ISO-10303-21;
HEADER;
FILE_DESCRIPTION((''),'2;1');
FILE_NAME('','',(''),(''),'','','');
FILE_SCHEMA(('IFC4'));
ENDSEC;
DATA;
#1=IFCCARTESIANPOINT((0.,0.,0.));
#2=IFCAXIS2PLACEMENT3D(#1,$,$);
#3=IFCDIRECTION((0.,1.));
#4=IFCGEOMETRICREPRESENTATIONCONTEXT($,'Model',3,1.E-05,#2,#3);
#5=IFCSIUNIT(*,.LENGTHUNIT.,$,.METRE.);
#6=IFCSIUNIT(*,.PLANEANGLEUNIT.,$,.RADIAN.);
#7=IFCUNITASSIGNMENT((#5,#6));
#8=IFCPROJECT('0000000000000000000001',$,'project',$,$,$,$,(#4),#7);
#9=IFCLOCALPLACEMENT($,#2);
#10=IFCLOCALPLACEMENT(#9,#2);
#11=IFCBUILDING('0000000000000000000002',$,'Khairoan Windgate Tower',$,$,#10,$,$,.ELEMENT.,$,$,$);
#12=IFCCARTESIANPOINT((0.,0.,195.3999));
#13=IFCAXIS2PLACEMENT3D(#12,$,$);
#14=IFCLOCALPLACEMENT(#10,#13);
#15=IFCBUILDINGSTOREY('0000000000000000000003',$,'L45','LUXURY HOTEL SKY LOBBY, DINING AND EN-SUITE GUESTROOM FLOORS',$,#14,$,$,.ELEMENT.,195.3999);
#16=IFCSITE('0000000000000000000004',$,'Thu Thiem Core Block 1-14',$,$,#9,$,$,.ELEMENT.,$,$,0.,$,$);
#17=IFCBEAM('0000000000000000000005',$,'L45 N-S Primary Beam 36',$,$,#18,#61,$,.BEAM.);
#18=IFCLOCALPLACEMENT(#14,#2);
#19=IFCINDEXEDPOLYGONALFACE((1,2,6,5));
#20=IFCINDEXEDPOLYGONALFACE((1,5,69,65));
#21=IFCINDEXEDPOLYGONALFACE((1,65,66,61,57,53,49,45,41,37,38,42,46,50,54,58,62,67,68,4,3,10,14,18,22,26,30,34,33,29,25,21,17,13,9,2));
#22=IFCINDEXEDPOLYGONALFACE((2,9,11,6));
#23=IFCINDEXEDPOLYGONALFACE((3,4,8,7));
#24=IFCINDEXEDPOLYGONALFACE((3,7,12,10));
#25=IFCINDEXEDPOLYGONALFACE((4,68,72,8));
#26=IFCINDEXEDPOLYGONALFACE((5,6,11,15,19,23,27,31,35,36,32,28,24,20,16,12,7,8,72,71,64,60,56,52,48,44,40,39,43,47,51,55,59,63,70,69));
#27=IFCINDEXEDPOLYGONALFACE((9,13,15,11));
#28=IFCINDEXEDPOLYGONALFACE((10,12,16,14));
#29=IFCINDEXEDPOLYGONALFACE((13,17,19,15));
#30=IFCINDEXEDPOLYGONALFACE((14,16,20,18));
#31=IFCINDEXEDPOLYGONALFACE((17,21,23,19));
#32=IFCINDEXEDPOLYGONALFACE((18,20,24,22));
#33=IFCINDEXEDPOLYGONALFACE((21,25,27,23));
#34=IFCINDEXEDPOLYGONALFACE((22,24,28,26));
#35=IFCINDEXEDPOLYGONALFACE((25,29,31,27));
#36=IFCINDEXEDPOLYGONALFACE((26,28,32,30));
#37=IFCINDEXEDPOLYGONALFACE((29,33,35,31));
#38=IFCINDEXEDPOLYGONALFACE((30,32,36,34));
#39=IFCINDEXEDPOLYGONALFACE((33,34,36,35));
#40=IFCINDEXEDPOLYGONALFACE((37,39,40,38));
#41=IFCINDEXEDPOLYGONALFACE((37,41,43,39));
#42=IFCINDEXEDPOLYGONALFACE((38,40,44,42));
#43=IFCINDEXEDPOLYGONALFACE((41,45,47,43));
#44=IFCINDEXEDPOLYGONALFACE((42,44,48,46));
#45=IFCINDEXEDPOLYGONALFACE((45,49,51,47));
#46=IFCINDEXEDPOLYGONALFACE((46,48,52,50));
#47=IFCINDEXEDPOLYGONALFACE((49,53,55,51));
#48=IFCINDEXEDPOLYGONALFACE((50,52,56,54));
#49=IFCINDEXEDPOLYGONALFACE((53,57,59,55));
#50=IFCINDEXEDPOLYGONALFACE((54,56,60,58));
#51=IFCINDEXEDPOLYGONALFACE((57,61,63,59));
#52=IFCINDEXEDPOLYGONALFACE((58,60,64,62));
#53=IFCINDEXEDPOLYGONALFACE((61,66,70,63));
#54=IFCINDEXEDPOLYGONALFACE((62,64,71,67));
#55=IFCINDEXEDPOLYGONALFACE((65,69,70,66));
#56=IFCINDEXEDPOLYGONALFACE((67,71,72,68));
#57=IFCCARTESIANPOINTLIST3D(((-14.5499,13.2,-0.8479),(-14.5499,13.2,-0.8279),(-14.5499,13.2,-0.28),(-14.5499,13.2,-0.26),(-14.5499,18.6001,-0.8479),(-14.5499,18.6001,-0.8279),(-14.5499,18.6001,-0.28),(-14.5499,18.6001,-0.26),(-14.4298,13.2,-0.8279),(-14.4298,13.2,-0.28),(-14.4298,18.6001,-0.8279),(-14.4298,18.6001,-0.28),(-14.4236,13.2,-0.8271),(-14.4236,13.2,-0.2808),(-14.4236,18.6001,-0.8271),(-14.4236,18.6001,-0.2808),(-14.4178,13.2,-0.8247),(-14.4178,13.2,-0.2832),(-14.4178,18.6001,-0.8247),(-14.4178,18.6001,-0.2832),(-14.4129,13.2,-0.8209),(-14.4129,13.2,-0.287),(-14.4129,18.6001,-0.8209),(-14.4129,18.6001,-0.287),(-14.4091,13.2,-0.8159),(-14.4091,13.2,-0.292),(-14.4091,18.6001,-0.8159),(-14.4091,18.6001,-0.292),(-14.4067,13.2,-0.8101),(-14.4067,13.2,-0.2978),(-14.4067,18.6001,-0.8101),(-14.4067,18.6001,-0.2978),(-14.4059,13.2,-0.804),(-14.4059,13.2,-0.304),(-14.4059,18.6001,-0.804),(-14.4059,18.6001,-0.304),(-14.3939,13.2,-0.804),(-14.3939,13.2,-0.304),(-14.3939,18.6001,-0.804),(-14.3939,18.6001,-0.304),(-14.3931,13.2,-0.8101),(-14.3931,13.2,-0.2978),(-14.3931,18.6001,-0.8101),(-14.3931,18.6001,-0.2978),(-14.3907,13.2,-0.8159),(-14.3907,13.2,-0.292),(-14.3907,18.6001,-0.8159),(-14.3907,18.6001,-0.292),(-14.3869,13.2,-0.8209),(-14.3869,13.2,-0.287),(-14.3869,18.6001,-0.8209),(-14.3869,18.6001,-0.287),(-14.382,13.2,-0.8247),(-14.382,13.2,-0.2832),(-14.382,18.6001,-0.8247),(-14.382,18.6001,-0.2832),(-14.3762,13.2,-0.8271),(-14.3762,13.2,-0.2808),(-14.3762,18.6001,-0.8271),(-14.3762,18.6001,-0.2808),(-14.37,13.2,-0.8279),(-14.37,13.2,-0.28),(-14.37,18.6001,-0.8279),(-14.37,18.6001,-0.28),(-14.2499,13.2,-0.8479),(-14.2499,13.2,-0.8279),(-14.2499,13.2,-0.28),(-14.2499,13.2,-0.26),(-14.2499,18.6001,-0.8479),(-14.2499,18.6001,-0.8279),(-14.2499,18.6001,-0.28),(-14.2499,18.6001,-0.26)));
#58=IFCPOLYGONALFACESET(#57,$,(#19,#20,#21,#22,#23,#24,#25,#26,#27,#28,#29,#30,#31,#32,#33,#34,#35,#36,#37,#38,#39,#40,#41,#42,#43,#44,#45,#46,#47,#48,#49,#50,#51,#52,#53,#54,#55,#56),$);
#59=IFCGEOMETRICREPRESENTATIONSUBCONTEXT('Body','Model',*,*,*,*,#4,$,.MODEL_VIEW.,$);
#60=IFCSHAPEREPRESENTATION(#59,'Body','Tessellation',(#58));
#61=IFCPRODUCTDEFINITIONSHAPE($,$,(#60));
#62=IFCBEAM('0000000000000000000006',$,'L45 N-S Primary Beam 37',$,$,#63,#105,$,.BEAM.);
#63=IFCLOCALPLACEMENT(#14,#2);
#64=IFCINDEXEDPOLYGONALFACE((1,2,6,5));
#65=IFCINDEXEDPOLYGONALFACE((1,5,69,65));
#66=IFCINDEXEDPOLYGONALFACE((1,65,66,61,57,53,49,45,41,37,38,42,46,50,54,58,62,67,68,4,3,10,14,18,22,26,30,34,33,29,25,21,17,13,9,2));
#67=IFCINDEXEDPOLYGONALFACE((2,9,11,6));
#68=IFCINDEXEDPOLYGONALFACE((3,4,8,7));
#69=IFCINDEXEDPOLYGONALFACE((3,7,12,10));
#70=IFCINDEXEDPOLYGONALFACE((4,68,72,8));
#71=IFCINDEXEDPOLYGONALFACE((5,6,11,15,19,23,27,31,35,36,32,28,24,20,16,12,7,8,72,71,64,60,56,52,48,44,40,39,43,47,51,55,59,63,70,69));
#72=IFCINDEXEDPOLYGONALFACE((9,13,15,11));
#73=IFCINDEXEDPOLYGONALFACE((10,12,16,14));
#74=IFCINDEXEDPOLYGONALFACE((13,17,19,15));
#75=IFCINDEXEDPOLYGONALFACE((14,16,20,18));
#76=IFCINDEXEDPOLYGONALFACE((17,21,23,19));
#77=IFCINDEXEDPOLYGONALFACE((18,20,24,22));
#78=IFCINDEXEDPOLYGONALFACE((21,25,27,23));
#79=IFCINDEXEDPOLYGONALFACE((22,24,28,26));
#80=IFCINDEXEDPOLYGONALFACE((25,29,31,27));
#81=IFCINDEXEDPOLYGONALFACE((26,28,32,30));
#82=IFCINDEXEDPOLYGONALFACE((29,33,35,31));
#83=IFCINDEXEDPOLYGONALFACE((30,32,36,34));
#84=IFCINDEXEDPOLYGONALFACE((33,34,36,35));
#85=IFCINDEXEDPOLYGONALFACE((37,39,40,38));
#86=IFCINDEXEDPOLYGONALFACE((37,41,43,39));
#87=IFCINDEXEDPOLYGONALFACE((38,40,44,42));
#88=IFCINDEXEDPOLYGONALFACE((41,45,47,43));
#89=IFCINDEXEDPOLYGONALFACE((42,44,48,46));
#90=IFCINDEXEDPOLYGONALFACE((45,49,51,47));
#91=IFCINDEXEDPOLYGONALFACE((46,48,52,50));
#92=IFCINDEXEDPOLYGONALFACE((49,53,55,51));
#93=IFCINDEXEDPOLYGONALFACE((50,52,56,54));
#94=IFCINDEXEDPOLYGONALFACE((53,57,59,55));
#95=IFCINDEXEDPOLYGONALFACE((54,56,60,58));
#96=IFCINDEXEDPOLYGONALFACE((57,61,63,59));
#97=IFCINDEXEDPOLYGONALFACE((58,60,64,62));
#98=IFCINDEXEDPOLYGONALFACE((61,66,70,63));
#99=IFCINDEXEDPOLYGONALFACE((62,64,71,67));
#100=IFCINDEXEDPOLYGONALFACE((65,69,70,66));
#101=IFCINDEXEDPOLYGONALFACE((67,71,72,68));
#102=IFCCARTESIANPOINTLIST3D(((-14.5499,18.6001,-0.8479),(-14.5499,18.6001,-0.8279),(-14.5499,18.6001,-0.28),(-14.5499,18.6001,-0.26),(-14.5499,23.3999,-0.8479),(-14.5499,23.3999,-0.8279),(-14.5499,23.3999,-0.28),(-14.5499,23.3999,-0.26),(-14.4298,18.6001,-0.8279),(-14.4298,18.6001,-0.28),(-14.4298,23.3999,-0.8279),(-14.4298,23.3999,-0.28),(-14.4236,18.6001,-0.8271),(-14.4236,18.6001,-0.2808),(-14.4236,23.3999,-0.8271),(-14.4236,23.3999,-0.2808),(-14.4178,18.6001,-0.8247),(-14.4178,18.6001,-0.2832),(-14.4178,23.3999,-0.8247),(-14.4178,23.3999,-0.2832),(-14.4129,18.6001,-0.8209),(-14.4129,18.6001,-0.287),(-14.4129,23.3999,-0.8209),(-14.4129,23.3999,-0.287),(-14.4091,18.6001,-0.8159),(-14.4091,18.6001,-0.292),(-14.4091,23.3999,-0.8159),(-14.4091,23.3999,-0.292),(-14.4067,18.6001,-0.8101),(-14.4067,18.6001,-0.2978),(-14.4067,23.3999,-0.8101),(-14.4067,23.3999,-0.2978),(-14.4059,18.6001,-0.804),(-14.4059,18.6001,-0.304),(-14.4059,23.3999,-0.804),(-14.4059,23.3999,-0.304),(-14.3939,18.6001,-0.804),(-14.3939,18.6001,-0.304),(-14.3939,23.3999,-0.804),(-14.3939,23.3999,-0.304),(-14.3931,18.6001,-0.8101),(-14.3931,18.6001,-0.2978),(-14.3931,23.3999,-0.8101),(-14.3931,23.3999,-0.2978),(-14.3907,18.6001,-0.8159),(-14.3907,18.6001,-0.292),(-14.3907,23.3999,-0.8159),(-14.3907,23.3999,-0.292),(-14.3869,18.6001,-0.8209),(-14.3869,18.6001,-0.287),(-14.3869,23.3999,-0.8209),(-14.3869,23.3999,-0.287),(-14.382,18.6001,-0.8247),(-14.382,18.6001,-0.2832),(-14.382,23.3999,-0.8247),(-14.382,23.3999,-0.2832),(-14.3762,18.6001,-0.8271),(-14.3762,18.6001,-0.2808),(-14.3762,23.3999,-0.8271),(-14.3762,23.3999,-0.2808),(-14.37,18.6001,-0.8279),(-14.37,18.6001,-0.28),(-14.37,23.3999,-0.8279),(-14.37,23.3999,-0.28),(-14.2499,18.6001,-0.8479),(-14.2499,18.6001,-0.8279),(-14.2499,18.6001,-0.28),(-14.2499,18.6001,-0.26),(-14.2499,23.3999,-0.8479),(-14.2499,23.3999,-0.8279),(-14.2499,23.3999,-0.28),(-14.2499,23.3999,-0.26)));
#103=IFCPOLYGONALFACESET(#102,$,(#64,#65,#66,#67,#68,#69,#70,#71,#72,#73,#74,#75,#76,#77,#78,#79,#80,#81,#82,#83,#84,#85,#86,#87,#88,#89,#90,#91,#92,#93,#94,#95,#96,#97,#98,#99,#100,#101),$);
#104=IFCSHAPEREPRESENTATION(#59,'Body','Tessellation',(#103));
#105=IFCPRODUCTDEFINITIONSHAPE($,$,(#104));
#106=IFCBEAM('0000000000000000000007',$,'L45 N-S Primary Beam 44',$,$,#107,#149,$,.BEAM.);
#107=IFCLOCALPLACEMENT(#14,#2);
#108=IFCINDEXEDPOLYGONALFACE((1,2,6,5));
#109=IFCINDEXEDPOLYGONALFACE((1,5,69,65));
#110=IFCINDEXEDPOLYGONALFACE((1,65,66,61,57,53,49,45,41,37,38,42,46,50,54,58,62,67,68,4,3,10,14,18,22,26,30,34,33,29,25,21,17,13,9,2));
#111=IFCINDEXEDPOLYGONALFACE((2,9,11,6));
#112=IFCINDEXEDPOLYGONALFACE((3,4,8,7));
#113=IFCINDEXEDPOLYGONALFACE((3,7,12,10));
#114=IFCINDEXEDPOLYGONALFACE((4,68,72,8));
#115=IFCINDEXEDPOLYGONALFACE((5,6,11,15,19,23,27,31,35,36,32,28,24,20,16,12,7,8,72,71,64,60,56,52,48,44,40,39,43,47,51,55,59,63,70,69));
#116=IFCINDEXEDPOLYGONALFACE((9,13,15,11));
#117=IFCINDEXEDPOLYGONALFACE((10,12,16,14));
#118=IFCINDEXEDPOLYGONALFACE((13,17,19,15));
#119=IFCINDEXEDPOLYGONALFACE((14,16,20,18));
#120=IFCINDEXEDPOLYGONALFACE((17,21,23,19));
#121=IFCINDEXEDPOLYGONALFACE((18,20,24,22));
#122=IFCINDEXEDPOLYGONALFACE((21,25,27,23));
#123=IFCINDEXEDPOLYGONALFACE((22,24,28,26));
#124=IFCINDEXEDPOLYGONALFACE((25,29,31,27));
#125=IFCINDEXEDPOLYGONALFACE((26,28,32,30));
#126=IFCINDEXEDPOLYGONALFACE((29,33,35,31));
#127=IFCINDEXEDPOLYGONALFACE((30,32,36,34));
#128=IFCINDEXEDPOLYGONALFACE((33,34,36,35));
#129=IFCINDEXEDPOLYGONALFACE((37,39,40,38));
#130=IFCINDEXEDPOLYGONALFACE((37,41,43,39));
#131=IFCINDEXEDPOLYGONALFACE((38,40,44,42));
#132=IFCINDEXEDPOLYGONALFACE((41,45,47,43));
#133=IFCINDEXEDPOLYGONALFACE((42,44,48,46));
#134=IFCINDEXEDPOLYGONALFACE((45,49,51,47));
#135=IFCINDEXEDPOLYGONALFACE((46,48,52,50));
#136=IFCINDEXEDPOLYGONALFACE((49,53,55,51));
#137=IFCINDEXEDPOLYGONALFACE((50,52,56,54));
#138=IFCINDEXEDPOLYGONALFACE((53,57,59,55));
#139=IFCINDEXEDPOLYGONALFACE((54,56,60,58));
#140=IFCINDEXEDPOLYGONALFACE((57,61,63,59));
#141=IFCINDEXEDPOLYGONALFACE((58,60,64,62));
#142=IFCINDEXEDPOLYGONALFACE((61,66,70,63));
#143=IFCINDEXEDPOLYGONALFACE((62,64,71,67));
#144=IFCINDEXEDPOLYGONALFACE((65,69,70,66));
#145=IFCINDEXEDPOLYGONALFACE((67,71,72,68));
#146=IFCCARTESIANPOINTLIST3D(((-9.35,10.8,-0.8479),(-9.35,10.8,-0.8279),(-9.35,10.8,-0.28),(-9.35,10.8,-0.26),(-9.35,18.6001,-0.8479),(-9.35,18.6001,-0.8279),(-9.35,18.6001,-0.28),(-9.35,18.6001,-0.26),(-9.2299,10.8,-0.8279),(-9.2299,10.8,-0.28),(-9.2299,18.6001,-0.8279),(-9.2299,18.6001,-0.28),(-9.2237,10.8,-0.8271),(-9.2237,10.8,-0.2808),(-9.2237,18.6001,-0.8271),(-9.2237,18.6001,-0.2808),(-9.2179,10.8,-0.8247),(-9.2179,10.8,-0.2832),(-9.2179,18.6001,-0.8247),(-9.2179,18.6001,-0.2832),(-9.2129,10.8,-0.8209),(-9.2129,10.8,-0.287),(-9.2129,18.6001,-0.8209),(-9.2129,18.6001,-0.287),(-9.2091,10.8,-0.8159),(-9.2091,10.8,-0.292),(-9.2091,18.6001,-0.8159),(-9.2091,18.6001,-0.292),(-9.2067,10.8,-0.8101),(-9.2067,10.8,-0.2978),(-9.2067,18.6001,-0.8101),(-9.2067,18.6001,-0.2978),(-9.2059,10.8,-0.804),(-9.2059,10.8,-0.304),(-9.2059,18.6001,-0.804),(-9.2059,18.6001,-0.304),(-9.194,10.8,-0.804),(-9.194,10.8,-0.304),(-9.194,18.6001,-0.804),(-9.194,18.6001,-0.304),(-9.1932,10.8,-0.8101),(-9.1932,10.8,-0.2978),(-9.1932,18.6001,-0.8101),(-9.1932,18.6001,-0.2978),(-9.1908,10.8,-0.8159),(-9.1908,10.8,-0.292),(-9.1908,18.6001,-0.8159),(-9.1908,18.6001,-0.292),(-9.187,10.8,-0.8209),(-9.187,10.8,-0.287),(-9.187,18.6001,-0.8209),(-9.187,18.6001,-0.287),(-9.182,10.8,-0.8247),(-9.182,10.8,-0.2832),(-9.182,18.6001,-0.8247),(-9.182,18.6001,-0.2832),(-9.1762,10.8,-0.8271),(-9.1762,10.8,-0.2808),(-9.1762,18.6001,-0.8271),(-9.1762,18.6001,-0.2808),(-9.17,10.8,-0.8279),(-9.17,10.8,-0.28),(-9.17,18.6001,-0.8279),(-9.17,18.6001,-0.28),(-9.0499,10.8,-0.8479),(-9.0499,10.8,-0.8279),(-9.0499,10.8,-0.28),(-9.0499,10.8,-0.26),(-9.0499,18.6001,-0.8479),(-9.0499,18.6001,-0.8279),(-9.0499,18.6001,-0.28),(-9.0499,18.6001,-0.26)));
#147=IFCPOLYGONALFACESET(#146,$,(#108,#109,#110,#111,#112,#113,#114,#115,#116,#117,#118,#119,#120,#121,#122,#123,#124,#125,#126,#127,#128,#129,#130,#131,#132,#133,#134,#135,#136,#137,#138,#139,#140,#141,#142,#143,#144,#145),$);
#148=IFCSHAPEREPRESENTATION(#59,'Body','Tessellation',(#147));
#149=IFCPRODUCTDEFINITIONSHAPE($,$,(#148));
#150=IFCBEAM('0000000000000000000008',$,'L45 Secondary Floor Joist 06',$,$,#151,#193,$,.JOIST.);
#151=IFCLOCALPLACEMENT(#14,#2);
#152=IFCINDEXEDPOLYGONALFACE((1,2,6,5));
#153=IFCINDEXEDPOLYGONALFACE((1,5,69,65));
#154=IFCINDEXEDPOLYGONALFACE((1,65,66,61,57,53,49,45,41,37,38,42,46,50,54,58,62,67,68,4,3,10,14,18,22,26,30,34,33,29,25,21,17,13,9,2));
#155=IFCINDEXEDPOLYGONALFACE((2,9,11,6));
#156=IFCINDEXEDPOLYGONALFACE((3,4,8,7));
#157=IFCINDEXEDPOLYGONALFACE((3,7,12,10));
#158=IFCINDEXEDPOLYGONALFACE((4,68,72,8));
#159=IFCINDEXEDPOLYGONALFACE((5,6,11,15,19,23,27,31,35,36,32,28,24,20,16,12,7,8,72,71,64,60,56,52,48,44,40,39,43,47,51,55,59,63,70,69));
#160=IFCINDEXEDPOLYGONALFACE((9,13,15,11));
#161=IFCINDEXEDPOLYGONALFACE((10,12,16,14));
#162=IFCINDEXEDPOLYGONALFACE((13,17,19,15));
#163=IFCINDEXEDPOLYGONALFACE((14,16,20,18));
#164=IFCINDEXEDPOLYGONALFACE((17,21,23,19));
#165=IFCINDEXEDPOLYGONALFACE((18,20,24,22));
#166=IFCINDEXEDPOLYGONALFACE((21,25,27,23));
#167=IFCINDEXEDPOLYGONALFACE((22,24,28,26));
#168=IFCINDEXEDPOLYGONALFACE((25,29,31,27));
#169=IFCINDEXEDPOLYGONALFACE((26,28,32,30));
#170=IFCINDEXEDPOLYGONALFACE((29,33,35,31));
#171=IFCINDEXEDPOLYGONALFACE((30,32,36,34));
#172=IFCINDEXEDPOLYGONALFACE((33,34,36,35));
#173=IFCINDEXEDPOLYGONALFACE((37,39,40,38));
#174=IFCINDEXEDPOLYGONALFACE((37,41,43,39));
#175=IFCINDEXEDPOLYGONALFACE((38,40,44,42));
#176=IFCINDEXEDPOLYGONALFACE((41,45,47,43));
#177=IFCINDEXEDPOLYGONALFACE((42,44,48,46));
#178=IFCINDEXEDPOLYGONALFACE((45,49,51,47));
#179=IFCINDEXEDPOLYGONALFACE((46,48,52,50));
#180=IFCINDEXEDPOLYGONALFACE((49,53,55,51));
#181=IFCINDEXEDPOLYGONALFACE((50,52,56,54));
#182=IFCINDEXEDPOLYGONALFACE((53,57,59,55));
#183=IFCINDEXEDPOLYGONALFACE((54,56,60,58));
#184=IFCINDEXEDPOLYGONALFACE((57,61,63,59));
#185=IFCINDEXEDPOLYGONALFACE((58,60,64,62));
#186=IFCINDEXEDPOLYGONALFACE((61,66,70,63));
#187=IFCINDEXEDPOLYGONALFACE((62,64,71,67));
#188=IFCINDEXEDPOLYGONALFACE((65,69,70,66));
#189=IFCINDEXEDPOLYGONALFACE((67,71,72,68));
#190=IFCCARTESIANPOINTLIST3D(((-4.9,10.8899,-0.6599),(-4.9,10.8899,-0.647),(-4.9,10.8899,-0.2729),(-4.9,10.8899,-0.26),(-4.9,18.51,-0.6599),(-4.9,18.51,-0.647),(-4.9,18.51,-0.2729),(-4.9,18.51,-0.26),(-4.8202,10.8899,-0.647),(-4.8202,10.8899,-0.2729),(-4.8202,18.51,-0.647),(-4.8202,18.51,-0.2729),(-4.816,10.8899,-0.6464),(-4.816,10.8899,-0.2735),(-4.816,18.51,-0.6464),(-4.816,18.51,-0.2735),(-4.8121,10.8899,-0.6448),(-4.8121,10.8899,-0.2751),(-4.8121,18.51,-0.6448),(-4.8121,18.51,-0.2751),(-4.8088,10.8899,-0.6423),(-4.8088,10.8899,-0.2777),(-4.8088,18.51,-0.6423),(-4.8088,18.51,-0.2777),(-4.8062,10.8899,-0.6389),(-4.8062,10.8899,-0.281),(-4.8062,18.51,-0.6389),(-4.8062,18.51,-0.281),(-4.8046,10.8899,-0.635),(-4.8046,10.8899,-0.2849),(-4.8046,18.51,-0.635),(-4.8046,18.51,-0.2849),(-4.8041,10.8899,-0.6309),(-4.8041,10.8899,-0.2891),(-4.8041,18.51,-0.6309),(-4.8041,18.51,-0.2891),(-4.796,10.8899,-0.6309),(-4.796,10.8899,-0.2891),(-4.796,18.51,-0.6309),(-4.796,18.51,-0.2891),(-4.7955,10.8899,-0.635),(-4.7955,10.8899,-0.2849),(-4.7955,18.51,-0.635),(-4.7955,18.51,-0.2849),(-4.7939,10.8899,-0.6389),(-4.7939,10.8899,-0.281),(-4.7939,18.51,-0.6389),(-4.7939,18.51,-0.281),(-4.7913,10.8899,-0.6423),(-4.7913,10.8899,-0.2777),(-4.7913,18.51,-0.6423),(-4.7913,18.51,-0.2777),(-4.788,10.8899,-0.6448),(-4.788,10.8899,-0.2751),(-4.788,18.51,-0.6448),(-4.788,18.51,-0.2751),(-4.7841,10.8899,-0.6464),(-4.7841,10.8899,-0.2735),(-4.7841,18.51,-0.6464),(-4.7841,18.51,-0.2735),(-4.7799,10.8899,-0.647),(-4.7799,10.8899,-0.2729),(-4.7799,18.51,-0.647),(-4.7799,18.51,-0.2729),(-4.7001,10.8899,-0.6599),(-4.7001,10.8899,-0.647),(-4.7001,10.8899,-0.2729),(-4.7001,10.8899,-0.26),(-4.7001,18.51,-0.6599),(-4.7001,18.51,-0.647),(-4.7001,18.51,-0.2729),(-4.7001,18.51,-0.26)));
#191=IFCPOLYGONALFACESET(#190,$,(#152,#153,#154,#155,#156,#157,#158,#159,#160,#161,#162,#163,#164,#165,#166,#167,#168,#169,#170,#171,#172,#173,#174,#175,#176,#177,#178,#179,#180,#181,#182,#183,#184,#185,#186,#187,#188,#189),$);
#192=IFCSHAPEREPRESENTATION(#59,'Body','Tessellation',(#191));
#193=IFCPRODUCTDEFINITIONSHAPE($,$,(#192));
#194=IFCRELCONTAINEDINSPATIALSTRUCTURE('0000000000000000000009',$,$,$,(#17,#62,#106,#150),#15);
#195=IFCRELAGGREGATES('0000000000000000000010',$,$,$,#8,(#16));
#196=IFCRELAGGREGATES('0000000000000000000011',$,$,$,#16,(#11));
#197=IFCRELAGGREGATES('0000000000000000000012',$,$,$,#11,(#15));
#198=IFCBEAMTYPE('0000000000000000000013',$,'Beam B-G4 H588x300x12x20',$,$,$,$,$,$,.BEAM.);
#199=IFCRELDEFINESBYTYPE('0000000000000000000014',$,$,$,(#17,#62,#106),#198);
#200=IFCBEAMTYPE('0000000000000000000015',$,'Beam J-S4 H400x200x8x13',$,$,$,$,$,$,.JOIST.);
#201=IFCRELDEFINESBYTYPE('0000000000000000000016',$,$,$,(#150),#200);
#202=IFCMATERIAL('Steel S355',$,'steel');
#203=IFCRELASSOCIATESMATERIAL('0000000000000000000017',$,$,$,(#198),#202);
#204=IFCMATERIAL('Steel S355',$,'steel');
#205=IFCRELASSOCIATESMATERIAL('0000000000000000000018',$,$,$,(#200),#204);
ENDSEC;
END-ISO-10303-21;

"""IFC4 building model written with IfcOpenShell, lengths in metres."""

from ifc_helpers import new_model, si_unit, direction, frame, origin, origin_2d, place, context, subcontext, project, spatial, i_section, extrude, material, material_profile, profile_set, type_object, element, save


model = new_model("IFC4")

# Units and contexts
model_context = context("Model", 3, precision=1e-05, world=origin(), true_north=direction((0.0, 1.0)))
body_context = subcontext(model_context, "Body", "Model", "MODEL_VIEW")
ifc_project = project(units=[si_unit("LENGTHUNIT", "METRE"), si_unit("PLANEANGLEUNIT", "RADIAN")], contexts=[model_context])

# Site, building, storey
site_placement = place(None, origin())
site = spatial("IfcSite", under=ifc_project, at=site_placement, Name="Thu Thiem Core Block 1-14", CompositionType="ELEMENT", RefElevation=0.0)
building_placement = place(site_placement, origin())
building = spatial("IfcBuilding", under=site, at=building_placement, Name="Khairoan Windgate Tower", CompositionType="ELEMENT")
storey_placement = place(building_placement, frame((0.0, 0.0, 195.3999)))
storey = spatial("IfcBuildingStorey", under=building, at=storey_placement, Name="L45", Description="LUXURY HOTEL SKY LOBBY, DINING AND EN-SUITE GUESTROOM FLOORS", CompositionType="ELEMENT", Elevation=195.3999)

# Beams
ifc_material_1 = material(Name="Steel S355", Category="steel")
ifc_material_profile_1 = material_profile(ifc_material_1, i_section(OverallWidth=0.3, OverallDepth=0.5879, WebThickness=0.012, FlangeThickness=0.02, FilletRadius=0.0239, at=origin_2d()))
ifc_profile_set_1 = profile_set([ifc_material_profile_1], Name="Steel S355")
beam_type_1 = type_object("IfcBeamType", Name="Beam B-G4 H588x300x12x20", PredefinedType="BEAM", material=ifc_profile_set_1)
beam_1_placement = place(storey_placement, frame((-14.3999, 13.2, -0.554), z_axis=(0.0, 1.0, 0.0), x_axis=(-1.0, 0.0, 0.0)))
element("IfcBeam", 1, at=beam_1_placement, inside=storey, type_object=beam_type_1, Name="L45 N-S Primary Beam 36", PredefinedType="BEAM", context=body_context, shape_type="SweptSolid", body=[
    extrude(i_section(OverallWidth=0.3, OverallDepth=0.5879, WebThickness=0.012, FlangeThickness=0.02, FilletRadius=0.0239, at=origin_2d()), origin(), (0.0, 0.0, 1.0), 5.4001),
])
beam_2_placement = place(storey_placement, frame((-14.3999, 18.6001, -0.554), z_axis=(0.0, 1.0, 0.0), x_axis=(-1.0, 0.0, 0.0)))
element("IfcBeam", 2, at=beam_2_placement, inside=storey, type_object=beam_type_1, Name="L45 N-S Primary Beam 37", PredefinedType="BEAM", context=body_context, shape_type="SweptSolid", body=[
    extrude(i_section(OverallWidth=0.3, OverallDepth=0.5879, WebThickness=0.012, FlangeThickness=0.02, FilletRadius=0.0239, at=origin_2d()), origin(), (0.0, 0.0, 1.0), 4.7998),
])
beam_3_placement = place(storey_placement, frame((-9.2, 10.8, -0.554), z_axis=(0.0, 1.0, 0.0), x_axis=(-1.0, 0.0, 0.0)))
element("IfcBeam", 3, at=beam_3_placement, inside=storey, type_object=beam_type_1, Name="L45 N-S Primary Beam 44", PredefinedType="BEAM", context=body_context, shape_type="SweptSolid", body=[
    extrude(i_section(OverallWidth=0.3, OverallDepth=0.5879, WebThickness=0.012, FlangeThickness=0.02, FilletRadius=0.0239, at=origin_2d()), origin(), (0.0, 0.0, 1.0), 7.8),
])
ifc_material_2 = material(Name="Steel S355", Category="steel")
ifc_material_profile_2 = material_profile(ifc_material_2, i_section(OverallWidth=0.2, OverallDepth=0.3999, WebThickness=0.0081, FlangeThickness=0.0129, FilletRadius=0.0161, at=origin_2d()))
ifc_profile_set_2 = profile_set([ifc_material_profile_2], Name="Steel S355")
beam_type_2 = type_object("IfcBeamType", Name="Beam J-S4 H400x200x8x13", PredefinedType="JOIST", material=ifc_profile_set_2)
beam_4_placement = place(storey_placement, frame((-4.8, 10.8899, -0.46), z_axis=(0.0, 1.0, 0.0), x_axis=(-1.0, 0.0, 0.0)))
element("IfcBeam", 4, at=beam_4_placement, inside=storey, type_object=beam_type_2, Name="L45 Secondary Floor Joist 06", PredefinedType="JOIST", context=body_context, shape_type="SweptSolid", body=[
    extrude(i_section(OverallWidth=0.2, OverallDepth=0.3999, WebThickness=0.0081, FlangeThickness=0.0129, FilletRadius=0.0161, at=origin_2d()), origin(), (0.0, 0.0, 1.0), 7.6201),
])

save(model, "model.ifc")
